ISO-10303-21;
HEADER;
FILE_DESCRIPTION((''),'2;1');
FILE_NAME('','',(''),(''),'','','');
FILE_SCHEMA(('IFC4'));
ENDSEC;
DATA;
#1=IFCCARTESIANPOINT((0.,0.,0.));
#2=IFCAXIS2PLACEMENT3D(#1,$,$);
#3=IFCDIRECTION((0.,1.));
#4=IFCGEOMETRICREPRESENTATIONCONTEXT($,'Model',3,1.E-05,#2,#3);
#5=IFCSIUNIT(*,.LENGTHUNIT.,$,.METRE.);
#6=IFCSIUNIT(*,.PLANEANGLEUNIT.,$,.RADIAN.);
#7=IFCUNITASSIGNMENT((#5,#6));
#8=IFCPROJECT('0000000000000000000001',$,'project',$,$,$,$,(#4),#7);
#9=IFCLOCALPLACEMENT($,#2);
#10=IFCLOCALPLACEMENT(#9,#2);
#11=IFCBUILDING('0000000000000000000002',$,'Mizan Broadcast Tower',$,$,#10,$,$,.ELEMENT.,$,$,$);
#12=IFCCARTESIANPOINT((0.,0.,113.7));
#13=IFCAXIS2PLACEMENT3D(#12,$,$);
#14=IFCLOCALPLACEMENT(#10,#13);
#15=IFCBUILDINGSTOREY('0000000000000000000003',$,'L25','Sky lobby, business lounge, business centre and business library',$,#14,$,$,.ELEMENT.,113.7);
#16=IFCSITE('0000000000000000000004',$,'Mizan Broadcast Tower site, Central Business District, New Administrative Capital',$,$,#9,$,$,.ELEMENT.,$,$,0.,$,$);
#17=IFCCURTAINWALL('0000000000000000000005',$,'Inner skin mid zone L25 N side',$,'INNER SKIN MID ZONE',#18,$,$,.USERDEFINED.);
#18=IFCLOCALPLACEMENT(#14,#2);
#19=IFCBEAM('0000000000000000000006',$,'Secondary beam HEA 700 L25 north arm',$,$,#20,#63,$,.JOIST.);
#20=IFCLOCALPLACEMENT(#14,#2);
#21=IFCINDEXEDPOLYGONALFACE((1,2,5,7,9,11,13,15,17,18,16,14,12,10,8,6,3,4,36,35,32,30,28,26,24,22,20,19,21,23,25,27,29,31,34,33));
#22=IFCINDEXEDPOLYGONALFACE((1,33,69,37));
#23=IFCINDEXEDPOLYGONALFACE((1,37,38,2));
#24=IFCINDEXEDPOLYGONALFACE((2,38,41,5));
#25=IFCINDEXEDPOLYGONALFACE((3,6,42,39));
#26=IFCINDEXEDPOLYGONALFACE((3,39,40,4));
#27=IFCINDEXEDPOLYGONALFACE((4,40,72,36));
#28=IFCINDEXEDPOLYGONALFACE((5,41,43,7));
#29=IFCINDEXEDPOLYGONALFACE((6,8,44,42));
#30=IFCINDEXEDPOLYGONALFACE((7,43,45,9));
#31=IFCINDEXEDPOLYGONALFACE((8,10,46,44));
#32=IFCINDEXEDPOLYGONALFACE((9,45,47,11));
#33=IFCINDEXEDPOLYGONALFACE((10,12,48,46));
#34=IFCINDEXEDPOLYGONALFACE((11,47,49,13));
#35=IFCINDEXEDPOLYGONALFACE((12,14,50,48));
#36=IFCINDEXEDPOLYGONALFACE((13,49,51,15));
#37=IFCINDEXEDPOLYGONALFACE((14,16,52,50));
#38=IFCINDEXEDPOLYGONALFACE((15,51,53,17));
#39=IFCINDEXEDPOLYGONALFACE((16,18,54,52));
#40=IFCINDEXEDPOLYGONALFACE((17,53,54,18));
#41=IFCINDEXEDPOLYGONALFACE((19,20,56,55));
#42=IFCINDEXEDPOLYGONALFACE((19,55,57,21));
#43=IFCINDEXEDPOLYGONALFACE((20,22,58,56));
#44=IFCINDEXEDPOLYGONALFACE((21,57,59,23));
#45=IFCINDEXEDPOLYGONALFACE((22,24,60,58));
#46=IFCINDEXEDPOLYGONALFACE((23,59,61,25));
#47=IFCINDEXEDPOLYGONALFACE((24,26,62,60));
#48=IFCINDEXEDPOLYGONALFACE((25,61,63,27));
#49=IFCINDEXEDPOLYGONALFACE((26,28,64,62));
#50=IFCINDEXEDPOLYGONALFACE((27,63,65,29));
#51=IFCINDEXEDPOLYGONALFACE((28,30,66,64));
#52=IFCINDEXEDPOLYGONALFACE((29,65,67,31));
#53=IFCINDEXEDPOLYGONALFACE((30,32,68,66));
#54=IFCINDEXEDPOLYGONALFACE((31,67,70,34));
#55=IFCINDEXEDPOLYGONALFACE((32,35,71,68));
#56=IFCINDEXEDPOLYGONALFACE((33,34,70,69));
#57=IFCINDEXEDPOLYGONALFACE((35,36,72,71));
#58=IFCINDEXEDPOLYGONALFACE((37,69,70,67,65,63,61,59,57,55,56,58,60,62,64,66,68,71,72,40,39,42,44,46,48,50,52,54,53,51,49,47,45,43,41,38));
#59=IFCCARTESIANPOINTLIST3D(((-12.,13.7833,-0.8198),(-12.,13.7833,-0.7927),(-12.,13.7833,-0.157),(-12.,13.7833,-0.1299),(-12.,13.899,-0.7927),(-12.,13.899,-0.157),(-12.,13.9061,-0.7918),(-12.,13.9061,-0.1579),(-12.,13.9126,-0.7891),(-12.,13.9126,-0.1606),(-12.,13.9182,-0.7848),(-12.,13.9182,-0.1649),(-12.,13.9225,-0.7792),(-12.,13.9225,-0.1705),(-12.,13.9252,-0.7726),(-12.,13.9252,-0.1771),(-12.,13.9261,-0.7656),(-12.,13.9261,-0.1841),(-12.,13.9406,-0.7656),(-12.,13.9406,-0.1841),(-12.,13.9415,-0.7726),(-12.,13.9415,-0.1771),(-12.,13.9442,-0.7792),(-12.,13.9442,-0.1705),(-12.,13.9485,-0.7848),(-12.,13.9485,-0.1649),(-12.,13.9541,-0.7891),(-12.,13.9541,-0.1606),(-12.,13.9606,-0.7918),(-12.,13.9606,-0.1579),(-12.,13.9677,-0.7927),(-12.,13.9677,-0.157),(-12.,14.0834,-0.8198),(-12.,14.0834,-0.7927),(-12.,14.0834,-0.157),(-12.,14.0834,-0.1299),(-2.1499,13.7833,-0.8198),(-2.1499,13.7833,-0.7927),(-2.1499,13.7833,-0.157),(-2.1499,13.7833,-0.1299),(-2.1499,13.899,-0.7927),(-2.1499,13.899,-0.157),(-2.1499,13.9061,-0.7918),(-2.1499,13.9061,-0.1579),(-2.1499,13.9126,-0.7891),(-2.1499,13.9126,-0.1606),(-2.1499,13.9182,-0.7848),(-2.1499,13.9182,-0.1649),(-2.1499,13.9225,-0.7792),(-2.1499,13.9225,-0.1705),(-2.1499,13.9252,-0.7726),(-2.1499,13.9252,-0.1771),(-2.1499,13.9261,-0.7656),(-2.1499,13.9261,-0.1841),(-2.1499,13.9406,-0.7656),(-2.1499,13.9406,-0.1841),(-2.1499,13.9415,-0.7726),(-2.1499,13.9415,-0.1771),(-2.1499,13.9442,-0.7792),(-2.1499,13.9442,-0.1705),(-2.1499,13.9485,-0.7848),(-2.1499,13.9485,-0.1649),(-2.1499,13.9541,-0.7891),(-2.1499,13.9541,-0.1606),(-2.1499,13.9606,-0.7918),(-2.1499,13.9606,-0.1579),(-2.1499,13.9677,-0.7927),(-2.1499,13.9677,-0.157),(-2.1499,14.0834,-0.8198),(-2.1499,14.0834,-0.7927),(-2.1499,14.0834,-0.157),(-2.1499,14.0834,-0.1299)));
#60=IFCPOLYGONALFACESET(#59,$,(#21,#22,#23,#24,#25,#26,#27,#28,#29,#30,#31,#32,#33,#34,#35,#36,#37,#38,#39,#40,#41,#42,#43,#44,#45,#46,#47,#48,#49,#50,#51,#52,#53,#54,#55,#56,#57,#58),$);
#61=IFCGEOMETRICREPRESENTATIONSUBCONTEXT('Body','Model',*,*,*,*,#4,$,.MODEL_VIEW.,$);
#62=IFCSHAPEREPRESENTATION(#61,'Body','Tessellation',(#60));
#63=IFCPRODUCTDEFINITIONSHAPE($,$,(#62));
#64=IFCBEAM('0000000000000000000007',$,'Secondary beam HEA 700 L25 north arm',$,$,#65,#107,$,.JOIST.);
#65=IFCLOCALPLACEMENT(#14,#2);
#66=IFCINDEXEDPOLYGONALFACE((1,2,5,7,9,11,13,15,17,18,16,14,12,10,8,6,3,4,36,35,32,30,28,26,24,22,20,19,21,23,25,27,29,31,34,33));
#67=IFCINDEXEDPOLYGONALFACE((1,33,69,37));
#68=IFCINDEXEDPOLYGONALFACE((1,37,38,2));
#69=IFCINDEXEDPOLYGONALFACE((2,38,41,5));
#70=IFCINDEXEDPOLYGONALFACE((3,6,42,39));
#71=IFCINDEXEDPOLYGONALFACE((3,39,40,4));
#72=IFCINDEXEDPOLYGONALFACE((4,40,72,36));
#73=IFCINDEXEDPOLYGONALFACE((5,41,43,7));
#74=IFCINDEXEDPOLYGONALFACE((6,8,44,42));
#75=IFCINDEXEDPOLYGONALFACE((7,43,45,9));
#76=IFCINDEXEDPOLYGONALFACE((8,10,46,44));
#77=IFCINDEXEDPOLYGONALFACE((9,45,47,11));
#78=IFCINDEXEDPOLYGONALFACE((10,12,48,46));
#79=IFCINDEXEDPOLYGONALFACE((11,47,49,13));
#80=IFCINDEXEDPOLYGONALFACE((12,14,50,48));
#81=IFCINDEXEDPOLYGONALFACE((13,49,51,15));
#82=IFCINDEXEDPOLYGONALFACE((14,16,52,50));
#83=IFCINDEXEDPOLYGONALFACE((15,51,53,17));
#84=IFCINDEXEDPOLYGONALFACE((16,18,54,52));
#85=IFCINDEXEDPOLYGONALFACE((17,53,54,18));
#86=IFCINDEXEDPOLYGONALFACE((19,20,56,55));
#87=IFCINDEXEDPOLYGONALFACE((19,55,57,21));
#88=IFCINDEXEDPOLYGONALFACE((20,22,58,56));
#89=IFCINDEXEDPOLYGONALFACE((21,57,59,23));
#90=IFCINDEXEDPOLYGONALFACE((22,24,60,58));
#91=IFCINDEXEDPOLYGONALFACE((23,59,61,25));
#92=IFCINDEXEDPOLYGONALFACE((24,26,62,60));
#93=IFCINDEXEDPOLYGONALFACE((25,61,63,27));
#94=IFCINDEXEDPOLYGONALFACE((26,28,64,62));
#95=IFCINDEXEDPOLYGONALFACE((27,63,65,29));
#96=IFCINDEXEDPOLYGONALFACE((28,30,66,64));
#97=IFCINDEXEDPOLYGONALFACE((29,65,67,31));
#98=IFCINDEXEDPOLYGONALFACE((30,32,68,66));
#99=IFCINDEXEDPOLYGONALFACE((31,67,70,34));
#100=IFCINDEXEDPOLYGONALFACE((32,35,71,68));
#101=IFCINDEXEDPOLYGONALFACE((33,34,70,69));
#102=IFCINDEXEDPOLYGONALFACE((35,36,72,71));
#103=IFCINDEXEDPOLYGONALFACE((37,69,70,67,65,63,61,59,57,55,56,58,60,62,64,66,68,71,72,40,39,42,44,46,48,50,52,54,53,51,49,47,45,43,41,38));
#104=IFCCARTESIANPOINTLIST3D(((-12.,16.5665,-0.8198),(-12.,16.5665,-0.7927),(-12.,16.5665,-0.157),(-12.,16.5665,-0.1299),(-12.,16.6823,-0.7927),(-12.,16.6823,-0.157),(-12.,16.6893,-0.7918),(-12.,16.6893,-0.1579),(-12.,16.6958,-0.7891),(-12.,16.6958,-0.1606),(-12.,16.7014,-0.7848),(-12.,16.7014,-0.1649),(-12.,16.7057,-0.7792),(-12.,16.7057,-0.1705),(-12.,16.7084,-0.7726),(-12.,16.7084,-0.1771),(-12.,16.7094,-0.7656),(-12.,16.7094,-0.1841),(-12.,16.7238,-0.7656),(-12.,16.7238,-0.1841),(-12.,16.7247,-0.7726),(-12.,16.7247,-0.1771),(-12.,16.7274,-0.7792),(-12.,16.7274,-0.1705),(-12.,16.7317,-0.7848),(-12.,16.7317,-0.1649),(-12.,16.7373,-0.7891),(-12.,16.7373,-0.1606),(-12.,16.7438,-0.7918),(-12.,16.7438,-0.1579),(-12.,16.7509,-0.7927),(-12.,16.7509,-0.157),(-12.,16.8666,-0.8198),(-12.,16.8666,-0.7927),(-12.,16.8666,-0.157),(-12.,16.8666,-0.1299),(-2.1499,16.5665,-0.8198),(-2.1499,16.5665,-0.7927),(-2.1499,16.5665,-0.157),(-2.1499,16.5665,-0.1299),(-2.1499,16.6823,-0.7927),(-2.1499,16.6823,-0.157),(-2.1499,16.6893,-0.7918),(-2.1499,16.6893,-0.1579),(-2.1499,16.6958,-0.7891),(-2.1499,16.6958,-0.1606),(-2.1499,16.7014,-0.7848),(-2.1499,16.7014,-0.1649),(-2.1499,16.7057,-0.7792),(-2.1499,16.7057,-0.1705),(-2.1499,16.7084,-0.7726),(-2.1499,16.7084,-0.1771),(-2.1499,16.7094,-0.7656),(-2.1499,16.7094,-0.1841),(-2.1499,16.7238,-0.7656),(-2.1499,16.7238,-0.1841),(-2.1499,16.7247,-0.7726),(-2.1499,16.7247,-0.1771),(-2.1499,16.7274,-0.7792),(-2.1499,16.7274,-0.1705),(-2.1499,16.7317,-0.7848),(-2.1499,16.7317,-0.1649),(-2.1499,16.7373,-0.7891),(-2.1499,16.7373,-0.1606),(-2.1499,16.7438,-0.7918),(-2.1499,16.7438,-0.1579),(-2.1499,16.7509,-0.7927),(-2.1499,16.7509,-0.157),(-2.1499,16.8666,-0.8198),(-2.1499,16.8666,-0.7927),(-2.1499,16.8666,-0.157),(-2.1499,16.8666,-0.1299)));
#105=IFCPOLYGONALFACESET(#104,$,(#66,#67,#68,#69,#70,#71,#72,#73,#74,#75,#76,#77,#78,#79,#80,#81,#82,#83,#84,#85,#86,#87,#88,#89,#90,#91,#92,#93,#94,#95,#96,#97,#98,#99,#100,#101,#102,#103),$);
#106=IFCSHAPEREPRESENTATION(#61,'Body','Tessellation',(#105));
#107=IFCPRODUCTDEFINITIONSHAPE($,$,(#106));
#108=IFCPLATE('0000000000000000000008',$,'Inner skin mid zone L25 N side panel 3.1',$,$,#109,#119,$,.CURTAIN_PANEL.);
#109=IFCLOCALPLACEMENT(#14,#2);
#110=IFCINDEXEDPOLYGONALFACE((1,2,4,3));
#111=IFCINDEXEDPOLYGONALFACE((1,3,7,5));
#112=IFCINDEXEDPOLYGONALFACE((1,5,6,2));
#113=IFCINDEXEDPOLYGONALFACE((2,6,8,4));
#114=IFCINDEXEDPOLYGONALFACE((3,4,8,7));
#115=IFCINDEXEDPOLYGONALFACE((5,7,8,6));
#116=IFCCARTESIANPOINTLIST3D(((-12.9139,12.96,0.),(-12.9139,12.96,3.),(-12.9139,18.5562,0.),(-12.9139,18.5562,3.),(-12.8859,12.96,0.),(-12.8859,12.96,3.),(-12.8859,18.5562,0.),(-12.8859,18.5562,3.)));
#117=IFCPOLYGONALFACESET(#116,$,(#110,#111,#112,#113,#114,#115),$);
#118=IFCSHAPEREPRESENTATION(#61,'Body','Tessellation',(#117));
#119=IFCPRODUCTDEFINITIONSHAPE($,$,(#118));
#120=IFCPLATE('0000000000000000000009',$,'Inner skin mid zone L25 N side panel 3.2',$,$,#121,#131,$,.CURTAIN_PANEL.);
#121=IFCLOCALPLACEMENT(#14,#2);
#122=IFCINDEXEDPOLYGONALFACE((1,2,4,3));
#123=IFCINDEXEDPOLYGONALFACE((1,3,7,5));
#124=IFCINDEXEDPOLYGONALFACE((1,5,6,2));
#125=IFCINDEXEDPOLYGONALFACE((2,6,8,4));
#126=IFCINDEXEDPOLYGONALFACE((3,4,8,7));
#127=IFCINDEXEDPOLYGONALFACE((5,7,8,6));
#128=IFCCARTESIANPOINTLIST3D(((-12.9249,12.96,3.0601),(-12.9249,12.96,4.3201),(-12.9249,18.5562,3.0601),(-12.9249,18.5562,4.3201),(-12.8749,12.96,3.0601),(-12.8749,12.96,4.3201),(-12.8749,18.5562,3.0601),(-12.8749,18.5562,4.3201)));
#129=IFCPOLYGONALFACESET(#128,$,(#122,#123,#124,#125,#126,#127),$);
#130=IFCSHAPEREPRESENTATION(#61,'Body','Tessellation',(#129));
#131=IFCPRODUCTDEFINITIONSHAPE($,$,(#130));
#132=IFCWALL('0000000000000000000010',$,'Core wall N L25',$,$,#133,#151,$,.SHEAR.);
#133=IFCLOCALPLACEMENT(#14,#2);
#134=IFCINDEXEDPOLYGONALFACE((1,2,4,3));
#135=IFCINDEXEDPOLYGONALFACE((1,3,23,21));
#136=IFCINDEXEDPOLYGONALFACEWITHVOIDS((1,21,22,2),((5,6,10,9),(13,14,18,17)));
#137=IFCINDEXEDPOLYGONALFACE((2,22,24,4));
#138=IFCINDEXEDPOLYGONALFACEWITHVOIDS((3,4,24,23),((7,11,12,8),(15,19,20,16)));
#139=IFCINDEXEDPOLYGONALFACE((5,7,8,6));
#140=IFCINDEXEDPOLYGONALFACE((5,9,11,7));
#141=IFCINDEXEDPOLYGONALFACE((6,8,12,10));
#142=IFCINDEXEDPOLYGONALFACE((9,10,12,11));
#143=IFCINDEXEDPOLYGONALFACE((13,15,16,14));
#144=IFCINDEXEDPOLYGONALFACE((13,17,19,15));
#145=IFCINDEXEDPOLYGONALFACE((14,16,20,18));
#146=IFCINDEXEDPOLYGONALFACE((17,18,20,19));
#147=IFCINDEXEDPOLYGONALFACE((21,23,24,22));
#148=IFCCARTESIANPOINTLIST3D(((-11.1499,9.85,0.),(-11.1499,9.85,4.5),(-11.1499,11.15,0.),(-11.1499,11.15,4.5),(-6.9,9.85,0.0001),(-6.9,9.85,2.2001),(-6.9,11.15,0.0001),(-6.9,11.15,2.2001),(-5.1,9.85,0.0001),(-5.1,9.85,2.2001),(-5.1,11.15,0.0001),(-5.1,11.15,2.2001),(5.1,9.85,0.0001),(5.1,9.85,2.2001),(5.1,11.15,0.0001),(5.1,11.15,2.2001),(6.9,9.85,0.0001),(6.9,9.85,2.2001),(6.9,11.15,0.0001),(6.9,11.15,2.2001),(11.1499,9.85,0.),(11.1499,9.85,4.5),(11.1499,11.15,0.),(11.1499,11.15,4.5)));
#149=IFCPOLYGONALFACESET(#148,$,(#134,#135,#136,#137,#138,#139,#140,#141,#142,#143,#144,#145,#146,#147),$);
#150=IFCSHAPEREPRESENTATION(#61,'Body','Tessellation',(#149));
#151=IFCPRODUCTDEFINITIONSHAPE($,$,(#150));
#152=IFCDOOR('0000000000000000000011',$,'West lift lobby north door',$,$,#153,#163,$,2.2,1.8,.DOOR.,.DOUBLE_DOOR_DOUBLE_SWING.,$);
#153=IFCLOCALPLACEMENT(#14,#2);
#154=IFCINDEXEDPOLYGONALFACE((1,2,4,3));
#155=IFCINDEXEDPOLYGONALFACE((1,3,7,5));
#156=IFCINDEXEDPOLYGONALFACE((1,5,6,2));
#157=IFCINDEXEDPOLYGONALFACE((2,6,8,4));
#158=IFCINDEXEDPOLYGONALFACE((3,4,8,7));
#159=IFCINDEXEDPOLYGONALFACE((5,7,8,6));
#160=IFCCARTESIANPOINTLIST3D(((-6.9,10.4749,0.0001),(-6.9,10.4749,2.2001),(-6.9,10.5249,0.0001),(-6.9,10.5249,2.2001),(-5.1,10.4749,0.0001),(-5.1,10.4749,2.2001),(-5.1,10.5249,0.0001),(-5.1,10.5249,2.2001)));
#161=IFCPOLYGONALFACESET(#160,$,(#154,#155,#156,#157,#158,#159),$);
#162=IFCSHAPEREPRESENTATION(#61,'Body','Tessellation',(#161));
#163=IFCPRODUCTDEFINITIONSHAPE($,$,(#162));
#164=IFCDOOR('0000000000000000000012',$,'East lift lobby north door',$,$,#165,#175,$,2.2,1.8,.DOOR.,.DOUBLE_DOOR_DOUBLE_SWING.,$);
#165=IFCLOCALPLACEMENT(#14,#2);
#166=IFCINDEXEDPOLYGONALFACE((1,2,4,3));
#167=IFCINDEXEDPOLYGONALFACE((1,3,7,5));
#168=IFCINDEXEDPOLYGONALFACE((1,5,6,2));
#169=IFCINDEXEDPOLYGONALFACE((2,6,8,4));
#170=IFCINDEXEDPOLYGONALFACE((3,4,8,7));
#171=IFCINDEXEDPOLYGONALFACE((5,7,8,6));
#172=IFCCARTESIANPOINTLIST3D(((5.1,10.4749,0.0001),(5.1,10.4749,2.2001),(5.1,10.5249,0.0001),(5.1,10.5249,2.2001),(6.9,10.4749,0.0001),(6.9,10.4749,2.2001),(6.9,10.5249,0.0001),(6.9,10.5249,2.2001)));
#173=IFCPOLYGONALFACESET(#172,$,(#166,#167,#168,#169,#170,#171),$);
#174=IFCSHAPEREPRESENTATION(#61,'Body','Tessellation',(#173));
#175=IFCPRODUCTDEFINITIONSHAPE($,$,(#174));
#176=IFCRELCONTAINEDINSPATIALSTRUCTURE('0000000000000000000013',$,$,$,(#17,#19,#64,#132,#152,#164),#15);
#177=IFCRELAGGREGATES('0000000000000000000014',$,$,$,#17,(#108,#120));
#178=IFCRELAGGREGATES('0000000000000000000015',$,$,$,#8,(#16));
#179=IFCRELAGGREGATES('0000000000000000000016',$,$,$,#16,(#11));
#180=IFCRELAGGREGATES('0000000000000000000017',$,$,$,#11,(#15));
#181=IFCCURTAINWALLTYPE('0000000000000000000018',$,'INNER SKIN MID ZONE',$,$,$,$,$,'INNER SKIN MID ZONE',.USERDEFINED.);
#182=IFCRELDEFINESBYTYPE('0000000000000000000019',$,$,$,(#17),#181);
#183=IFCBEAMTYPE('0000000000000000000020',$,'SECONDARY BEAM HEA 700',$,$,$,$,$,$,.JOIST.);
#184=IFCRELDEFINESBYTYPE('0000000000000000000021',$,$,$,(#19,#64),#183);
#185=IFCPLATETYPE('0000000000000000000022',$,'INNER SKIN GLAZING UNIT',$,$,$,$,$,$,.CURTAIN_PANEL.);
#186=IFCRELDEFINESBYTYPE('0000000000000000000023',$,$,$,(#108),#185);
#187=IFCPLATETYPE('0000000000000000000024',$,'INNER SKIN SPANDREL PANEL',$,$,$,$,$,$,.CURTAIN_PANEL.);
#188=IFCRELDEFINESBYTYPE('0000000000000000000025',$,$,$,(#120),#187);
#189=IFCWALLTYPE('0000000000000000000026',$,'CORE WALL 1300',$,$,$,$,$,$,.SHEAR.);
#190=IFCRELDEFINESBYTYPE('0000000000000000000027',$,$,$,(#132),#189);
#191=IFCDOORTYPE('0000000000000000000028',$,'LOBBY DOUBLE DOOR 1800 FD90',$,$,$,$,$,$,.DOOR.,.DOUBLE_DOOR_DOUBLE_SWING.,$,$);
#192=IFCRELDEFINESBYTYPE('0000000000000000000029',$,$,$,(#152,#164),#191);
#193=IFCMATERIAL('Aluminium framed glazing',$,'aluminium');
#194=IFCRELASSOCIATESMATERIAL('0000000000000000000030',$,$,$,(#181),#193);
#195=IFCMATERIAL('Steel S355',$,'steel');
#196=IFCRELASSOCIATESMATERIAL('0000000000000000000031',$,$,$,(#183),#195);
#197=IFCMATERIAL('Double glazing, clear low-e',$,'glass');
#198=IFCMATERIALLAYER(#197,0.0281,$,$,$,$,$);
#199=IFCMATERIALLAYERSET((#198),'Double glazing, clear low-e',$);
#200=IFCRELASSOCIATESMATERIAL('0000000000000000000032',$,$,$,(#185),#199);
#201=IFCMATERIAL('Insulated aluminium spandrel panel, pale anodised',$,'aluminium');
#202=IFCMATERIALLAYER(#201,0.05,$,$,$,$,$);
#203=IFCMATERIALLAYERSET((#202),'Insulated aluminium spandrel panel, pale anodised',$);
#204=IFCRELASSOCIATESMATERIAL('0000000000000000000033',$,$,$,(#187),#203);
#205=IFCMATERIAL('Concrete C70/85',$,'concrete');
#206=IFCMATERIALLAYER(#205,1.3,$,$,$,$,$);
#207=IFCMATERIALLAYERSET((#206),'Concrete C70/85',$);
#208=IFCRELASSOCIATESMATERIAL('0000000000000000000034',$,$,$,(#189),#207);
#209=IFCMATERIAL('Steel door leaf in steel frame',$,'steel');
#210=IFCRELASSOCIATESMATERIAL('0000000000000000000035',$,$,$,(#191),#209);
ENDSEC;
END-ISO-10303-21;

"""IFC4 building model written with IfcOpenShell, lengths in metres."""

from ifc_helpers import new_model, si_unit, direction, frame, frame_2d, origin, origin_2d, place, context, subcontext, project, spatial, rectangle, i_section, extrude, material, layer, layer_set, material_profile, profile_set, type_object, element, fill, aggregate, save


model = new_model("IFC4")

# Units and contexts
model_context = context("Model", 3, precision=1e-05, world=origin(), true_north=direction((0.0, 1.0)))
body_context = subcontext(model_context, "Body", "Model", "MODEL_VIEW")
ifc_project = project(units=[si_unit("LENGTHUNIT", "METRE"), si_unit("PLANEANGLEUNIT", "RADIAN")], contexts=[model_context])

# Site, building, storey
site_placement = place(None, origin())
site = spatial("IfcSite", under=ifc_project, at=site_placement, Name="Mizan Broadcast Tower site, Central Business District, New Administrative Capital", CompositionType="ELEMENT", RefElevation=0.0)
building_placement = place(site_placement, origin())
building = spatial("IfcBuilding", under=site, at=building_placement, Name="Mizan Broadcast Tower", CompositionType="ELEMENT")
storey_placement = place(building_placement, frame((0.0, 0.0, 113.7)))
storey = spatial("IfcBuildingStorey", under=building, at=storey_placement, Name="L25", Description="Sky lobby, business lounge, business centre and business library", CompositionType="ELEMENT", Elevation=113.7)

# Curtain wall
ifc_material_1 = material(Name="Aluminium framed glazing", Category="aluminium")
curtain_wall_type = type_object("IfcCurtainWallType", Name="INNER SKIN MID ZONE", ElementType="INNER SKIN MID ZONE", PredefinedType="USERDEFINED", material=ifc_material_1)
curtain_wall_1_placement = place(storey_placement, origin())
curtain_wall_1 = element("IfcCurtainWall", 1, at=curtain_wall_1_placement, inside=storey, type_object=curtain_wall_type, Name="Inner skin mid zone L25 N side", ObjectType="INNER SKIN MID ZONE", PredefinedType="USERDEFINED")

# Beams
ifc_material_2 = material(Name="Steel S355", Category="steel")
ifc_material_profile_1 = material_profile(ifc_material_2, i_section(OverallWidth=0.3, OverallDepth=0.6899, WebThickness=0.0144, FlangeThickness=0.0271, FilletRadius=0.0271, at=origin_2d()), Name="HEA 700")
ifc_profile_set_1 = profile_set([ifc_material_profile_1], Name="Steel S355")
beam_type_1 = type_object("IfcBeamType", Name="SECONDARY BEAM HEA 700", PredefinedType="JOIST", material=ifc_profile_set_1)
for number, where, z_axis, x_axis, name in (
    (2, (-12.0, 13.9333, -0.4749), (1.0, 0.0, 0.0), (0.0, 1.0, 0.0), "Secondary beam HEA 700 L25 north arm"),
    (3, (-12.0, 16.7166, -0.4749), (1.0, 0.0, 0.0), (0.0, 1.0, 0.0), "Secondary beam HEA 700 L25 north arm"),
):
    element("IfcBeam", number, at=place(storey_placement, frame(where, z_axis=z_axis, x_axis=x_axis)), inside=storey, type_object=beam_type_1, Name=name, PredefinedType="JOIST", context=body_context, shape_type="SweptSolid", body=[
        extrude(i_section(OverallWidth=0.3, OverallDepth=0.6899, WebThickness=0.0144, FlangeThickness=0.0271, FilletRadius=0.0271, at=origin_2d()), origin(), (0.0, 0.0, 1.0), 9.8501),
    ])

# Plates
ifc_material_3 = material(Name="Double glazing, clear low-e", Category="glass")
ifc_layer_1 = layer(ifc_material_3, 0.0281)
ifc_layer_set_1 = layer_set([ifc_layer_1], Name="Double glazing, clear low-e")
plate_type_1 = type_object("IfcPlateType", Name="INNER SKIN GLAZING UNIT", PredefinedType="CURTAIN_PANEL", material=ifc_layer_set_1)
plate_1_placement = place(storey_placement, frame((-12.8999, 15.7581, 0.0), z_axis=(0.0, 0.0, 1.0), x_axis=(0.0, -1.0, 0.0)))
plate_1 = element("IfcPlate", 4, at=plate_1_placement, type_object=plate_type_1, Name="Inner skin mid zone L25 N side panel 3.1", PredefinedType="CURTAIN_PANEL", context=body_context, shape_type="SweptSolid", body=[
    extrude(rectangle(XDim=5.5962, YDim=0.0281, at=origin_2d()), origin(), (0.0, 0.0, 1.0), 3.0),
])
ifc_material_4 = material(Name="Insulated aluminium spandrel panel, pale anodised", Category="aluminium")
ifc_layer_2 = layer(ifc_material_4, 0.05)
ifc_layer_set_2 = layer_set([ifc_layer_2], Name="Insulated aluminium spandrel panel, pale anodised")
plate_type_2 = type_object("IfcPlateType", Name="INNER SKIN SPANDREL PANEL", PredefinedType="CURTAIN_PANEL", material=ifc_layer_set_2)
plate_2_placement = place(storey_placement, frame((-12.8999, 15.7581, 3.0601), z_axis=(0.0, 0.0, 1.0), x_axis=(0.0, -1.0, 0.0)))
plate_2 = element("IfcPlate", 5, at=plate_2_placement, type_object=plate_type_2, Name="Inner skin mid zone L25 N side panel 3.2", PredefinedType="CURTAIN_PANEL", context=body_context, shape_type="SweptSolid", body=[
    extrude(rectangle(XDim=5.5962, YDim=0.05, at=origin_2d()), origin(), (0.0, 0.0, 1.0), 1.26),
])
aggregate(curtain_wall_1, [plate_1, plate_2])

# Wall, openings, doors
ifc_material_5 = material(Name="Concrete C70/85", Category="concrete")
ifc_layer_3 = layer(ifc_material_5, 1.3)
ifc_layer_set_3 = layer_set([ifc_layer_3], Name="Concrete C70/85")
wall_type_1 = type_object("IfcWallType", Name="CORE WALL 1300", PredefinedType="SHEAR", material=ifc_layer_set_3)
wall_1_placement = place(storey_placement, frame((-11.1499, 10.5, 0.0), z_axis=(0.0, 0.0, 1.0), x_axis=(1.0, 0.0, 0.0)))
wall_1 = element("IfcWall", 6, at=wall_1_placement, inside=storey, type_object=wall_type_1, Name="Core wall N L25", PredefinedType="SHEAR", context=body_context, shape_type="SweptSolid", body=[
    extrude(rectangle(XDim=22.2998, YDim=1.3, at=frame_2d((11.1499, 0.0))), origin(), (0.0, 0.0, 1.0), 4.5),
])
opening_1_placement = place(wall_1_placement, frame((4.25, 0.0, 0.0)))
opening_1 = element("IfcOpeningElement", 7, at=opening_1_placement, cuts=wall_1, PredefinedType="OPENING", context=body_context, shape_type="SweptSolid", body=[
    extrude(rectangle(XDim=1.8, YDim=2.2, at=frame_2d((0.8999, 1.1001))), frame((0.0, 0.6599, 0.0), z_axis=(0.0, -1.0, 0.0), x_axis=(1.0, 0.0, 0.0)), (0.0, 0.0, 1.0), 1.3201),
])
opening_2_placement = place(wall_1_placement, frame((16.25, 0.0, 0.0)))
opening_2 = element("IfcOpeningElement", 8, at=opening_2_placement, cuts=wall_1, PredefinedType="OPENING", context=body_context, shape_type="SweptSolid", body=[
    extrude(rectangle(XDim=1.8, YDim=2.2, at=frame_2d((0.8999, 1.1001))), frame((0.0, 0.6599, 0.0), z_axis=(0.0, -1.0, 0.0), x_axis=(1.0, 0.0, 0.0)), (0.0, 0.0, 1.0), 1.3201),
])
ifc_material_6 = material(Name="Steel door leaf in steel frame", Category="steel")
door_type = type_object("IfcDoorType", Name="LOBBY DOUBLE DOOR 1800 FD90", OperationType="DOUBLE_DOOR_DOUBLE_SWING", PredefinedType="DOOR", material=ifc_material_6)
door_1_placement = place(opening_1_placement, origin())
door_1 = element("IfcDoor", 9, at=door_1_placement, inside=storey, type_object=door_type, Name="West lift lobby north door", OperationType="DOUBLE_DOOR_DOUBLE_SWING", OverallHeight=2.2, OverallWidth=1.8, PredefinedType="DOOR", context=body_context, shape_type="SweptSolid", body=[
    extrude(rectangle(XDim=1.8, YDim=2.2, at=frame_2d((0.8999, 1.1001))), frame((0.0, 0.0249, 0.0), z_axis=(0.0, -1.0, 0.0), x_axis=(1.0, 0.0, 0.0)), (0.0, 0.0, 1.0), 0.05),
])
fill(opening_1, door_1)
door_2_placement = place(opening_2_placement, origin())
door_2 = element("IfcDoor", 10, at=door_2_placement, inside=storey, type_object=door_type, Name="East lift lobby north door", OperationType="DOUBLE_DOOR_DOUBLE_SWING", OverallHeight=2.2, OverallWidth=1.8, PredefinedType="DOOR", context=body_context, shape_type="SweptSolid", body=[
    extrude(rectangle(XDim=1.8, YDim=2.2, at=frame_2d((0.8999, 1.1001))), frame((0.0, 0.0249, 0.0), z_axis=(0.0, -1.0, 0.0), x_axis=(1.0, 0.0, 0.0)), (0.0, 0.0, 1.0), 0.05),
])
fill(opening_2, door_2)

save(model, "model.ifc")
